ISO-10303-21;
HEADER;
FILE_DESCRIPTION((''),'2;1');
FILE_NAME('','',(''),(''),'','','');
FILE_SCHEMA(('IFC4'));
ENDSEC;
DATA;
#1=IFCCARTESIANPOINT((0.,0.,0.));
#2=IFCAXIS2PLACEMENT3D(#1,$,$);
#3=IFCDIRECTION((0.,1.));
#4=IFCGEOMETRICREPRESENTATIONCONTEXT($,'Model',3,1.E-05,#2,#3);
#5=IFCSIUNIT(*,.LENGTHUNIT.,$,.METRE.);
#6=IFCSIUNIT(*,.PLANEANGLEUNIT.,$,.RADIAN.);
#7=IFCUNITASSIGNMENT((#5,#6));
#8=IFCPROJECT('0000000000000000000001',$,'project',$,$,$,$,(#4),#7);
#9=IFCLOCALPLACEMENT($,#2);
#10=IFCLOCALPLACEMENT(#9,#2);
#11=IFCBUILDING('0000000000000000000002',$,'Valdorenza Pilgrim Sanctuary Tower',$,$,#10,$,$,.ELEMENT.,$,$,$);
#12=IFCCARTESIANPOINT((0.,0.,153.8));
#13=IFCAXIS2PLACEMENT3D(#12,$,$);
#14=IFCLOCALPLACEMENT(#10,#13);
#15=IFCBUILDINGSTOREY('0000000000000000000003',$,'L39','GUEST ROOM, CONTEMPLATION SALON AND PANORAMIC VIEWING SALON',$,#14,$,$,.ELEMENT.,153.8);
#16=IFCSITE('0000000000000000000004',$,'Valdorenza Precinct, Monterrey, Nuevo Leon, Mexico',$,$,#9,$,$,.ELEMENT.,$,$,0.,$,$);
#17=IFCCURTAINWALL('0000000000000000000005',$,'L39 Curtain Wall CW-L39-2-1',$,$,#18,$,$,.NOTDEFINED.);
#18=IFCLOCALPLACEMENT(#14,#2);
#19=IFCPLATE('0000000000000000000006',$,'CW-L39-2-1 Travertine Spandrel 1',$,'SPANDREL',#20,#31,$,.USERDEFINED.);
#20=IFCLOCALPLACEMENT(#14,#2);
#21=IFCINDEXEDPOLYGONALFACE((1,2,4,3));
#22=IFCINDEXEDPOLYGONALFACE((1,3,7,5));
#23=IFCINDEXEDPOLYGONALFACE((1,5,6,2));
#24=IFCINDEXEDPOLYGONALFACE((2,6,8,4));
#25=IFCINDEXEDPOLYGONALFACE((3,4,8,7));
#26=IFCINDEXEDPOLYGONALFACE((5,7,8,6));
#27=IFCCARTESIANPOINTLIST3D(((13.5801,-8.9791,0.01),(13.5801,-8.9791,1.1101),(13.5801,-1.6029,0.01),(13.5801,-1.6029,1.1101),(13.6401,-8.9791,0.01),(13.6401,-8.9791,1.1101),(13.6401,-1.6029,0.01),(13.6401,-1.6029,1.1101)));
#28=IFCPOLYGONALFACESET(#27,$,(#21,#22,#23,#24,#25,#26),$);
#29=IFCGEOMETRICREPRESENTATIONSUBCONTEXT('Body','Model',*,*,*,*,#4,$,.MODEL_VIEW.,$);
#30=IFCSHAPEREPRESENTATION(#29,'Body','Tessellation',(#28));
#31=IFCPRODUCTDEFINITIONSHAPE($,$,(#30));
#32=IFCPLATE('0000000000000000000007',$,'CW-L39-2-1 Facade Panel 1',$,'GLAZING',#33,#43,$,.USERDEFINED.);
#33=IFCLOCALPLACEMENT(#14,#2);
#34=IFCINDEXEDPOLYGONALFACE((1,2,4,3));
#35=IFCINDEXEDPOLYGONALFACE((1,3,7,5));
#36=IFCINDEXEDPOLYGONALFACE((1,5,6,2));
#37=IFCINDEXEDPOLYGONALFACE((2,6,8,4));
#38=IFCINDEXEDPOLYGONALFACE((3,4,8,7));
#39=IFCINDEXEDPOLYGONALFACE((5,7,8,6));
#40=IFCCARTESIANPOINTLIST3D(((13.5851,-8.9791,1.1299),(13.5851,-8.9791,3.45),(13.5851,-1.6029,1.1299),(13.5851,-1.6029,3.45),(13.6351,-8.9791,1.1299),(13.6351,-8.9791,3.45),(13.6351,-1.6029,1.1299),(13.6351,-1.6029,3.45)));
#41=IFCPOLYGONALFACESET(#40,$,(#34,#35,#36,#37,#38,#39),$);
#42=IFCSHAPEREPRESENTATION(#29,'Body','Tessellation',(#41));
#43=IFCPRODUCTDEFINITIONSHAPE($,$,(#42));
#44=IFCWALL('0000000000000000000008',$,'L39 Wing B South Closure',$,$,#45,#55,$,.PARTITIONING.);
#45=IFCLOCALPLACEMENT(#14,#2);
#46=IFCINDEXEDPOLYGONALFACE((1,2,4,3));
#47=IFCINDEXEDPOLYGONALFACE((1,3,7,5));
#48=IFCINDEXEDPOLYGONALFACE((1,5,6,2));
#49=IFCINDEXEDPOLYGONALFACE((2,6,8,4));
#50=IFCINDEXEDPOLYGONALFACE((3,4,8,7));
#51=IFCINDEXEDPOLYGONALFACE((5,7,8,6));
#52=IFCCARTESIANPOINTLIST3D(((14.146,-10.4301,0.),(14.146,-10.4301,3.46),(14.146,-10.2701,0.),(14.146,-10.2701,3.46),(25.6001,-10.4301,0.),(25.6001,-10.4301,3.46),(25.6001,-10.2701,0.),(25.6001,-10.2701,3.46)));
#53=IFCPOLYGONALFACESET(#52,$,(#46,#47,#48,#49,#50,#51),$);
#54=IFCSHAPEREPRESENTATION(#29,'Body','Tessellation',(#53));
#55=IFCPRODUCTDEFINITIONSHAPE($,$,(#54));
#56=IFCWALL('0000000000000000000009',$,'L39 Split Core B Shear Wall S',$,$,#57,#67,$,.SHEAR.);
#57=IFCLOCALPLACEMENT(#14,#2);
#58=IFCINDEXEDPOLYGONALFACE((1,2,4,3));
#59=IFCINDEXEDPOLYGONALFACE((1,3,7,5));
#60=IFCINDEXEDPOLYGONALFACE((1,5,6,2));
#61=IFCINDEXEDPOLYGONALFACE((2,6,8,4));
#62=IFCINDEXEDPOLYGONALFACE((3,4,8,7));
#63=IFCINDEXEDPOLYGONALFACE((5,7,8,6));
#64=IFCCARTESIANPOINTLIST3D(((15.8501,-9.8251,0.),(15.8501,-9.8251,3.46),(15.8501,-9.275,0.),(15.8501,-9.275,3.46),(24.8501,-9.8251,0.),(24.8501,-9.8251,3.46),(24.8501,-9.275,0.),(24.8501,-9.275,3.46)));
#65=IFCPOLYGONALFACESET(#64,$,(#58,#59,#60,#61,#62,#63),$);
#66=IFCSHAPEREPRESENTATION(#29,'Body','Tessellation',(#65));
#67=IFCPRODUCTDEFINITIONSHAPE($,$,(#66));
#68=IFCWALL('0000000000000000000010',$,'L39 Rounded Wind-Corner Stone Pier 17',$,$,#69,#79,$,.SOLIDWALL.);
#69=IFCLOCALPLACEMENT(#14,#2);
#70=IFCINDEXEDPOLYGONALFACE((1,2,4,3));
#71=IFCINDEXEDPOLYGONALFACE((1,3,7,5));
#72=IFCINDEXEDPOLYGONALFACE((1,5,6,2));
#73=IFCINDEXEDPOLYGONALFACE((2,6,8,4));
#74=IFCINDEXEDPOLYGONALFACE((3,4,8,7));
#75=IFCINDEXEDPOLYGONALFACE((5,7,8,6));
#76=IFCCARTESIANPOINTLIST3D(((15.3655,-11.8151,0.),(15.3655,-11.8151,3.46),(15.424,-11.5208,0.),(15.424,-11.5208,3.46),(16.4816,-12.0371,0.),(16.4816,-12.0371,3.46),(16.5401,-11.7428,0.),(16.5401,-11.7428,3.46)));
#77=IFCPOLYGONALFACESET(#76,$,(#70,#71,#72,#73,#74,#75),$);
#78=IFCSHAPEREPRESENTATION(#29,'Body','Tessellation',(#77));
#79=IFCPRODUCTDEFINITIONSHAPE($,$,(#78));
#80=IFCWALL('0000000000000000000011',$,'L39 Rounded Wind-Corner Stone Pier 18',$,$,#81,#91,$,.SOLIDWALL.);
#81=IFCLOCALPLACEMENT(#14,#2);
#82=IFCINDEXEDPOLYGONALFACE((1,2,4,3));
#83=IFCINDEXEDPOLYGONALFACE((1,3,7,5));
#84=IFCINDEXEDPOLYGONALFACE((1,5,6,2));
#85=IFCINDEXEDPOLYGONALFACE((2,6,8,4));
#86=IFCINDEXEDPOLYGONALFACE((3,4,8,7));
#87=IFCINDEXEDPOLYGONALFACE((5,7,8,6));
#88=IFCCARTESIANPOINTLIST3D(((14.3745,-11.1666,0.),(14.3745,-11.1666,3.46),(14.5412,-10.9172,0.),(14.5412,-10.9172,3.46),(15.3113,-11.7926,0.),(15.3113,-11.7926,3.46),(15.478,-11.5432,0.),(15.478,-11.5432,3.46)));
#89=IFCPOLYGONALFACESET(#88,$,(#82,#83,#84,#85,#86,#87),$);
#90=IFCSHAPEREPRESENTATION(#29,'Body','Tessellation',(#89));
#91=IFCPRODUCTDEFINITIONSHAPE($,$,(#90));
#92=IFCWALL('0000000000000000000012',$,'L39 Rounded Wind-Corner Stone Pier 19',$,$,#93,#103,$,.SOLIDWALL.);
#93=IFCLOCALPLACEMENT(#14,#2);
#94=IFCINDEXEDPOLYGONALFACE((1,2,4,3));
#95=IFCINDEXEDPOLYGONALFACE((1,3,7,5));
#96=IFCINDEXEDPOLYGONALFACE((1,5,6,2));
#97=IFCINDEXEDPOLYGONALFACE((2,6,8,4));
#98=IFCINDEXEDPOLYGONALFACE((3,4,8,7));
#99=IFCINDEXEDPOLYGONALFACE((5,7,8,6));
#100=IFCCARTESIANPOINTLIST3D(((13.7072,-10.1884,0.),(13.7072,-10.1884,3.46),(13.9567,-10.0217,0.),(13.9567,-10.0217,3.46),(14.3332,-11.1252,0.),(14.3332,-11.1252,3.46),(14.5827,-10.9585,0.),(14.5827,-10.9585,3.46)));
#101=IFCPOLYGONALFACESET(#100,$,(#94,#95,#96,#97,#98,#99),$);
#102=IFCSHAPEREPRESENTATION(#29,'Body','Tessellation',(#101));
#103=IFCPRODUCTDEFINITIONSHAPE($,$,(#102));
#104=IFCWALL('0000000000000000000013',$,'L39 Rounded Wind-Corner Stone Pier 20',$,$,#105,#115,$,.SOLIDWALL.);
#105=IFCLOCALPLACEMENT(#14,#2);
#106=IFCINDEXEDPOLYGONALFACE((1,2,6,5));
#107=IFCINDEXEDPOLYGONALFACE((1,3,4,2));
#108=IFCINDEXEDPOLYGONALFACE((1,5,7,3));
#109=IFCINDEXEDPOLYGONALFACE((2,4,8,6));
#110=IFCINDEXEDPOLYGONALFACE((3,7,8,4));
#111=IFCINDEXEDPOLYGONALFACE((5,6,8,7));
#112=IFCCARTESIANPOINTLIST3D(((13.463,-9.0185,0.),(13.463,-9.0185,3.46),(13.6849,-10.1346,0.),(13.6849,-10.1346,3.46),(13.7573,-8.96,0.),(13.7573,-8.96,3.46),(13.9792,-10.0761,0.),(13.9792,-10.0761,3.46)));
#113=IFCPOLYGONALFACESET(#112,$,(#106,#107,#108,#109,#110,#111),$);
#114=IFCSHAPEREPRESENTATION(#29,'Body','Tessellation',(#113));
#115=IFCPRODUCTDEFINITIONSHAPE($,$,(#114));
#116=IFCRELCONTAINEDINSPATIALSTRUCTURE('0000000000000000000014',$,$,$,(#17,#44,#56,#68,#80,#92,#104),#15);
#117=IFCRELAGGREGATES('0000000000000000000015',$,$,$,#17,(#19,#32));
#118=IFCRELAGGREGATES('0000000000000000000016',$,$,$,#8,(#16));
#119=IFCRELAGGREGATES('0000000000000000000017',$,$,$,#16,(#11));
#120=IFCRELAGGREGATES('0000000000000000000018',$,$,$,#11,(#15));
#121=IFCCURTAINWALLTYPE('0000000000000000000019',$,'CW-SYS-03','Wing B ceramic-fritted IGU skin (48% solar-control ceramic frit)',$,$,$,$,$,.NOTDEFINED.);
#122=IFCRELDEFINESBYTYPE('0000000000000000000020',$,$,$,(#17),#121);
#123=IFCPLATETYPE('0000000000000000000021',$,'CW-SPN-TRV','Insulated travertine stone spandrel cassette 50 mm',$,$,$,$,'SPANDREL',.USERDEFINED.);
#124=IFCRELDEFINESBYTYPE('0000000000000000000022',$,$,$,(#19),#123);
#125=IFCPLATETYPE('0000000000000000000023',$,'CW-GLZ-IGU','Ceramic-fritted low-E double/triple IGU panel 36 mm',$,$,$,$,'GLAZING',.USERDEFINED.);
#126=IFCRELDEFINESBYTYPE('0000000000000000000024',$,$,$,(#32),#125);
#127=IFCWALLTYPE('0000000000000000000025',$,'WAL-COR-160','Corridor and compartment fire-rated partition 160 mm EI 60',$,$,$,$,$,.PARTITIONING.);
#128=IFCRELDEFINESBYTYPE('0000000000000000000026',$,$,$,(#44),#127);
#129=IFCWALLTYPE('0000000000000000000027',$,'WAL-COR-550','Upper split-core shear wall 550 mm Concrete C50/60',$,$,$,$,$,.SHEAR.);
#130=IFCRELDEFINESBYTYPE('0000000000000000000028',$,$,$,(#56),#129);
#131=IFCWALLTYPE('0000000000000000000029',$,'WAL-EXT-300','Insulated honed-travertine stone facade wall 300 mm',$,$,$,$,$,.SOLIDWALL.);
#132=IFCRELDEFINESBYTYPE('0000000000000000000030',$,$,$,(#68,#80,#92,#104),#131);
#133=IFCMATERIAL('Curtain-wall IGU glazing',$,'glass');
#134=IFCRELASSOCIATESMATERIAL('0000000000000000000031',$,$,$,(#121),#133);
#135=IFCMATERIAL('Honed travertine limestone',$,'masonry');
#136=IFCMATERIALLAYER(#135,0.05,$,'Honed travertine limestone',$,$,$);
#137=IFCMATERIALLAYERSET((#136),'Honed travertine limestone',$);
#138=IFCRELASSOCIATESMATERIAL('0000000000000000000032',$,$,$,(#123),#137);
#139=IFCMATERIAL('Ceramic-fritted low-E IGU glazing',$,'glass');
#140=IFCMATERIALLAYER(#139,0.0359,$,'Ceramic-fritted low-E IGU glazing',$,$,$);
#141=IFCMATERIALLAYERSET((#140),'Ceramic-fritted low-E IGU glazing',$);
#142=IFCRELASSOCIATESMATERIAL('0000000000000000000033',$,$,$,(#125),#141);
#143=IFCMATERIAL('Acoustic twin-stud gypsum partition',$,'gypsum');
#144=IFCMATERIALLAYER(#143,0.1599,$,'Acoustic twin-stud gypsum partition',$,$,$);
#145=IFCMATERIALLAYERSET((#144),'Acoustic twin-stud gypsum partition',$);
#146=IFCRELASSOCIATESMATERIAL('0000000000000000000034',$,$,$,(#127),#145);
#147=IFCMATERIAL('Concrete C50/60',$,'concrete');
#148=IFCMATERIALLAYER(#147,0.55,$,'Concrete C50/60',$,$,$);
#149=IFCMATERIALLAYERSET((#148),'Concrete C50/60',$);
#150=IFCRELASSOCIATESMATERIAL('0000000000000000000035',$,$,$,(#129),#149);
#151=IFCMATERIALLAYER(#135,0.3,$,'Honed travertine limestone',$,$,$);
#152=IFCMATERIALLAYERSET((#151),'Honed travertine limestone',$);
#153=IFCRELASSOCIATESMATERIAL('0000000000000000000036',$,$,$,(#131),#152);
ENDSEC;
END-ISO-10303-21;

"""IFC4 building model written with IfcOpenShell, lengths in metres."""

from ifc_helpers import new_model, si_unit, direction, frame, frame_2d, origin, origin_2d, place, context, subcontext, project, spatial, rectangle, extrude, source, transform, mapped, material, layer, layer_set, type_object, element, aggregate, save


model = new_model("IFC4")

# Units and contexts
model_context = context("Model", 3, precision=1e-05, world=origin(), true_north=direction((0.0, 1.0)))
body_context = subcontext(model_context, "Body", "Model", "MODEL_VIEW")
ifc_project = project(units=[si_unit("LENGTHUNIT", "METRE"), si_unit("PLANEANGLEUNIT", "RADIAN")], contexts=[model_context])

# Site, building, storey
site_placement = place(None, origin())
site = spatial("IfcSite", under=ifc_project, at=site_placement, Name="Valdorenza Precinct, Monterrey, Nuevo Leon, Mexico", CompositionType="ELEMENT", RefElevation=0.0)
building_placement = place(site_placement, origin())
building = spatial("IfcBuilding", under=site, at=building_placement, Name="Valdorenza Pilgrim Sanctuary Tower", CompositionType="ELEMENT")
storey_placement = place(building_placement, frame((0.0, 0.0, 153.8)))
storey = spatial("IfcBuildingStorey", under=building, at=storey_placement, Name="L39", Description="GUEST ROOM, CONTEMPLATION SALON AND PANORAMIC VIEWING SALON", CompositionType="ELEMENT", Elevation=153.8)

# Curtain wall
ifc_material_1 = material(Name="Curtain-wall IGU glazing", Category="glass")
curtain_wall_type = type_object("IfcCurtainWallType", Name="CW-SYS-03", Description="Wing B ceramic-fritted IGU skin (48% solar-control ceramic frit)", PredefinedType="NOTDEFINED", material=ifc_material_1)
curtain_wall_1_placement = place(storey_placement, origin())
curtain_wall_1 = element("IfcCurtainWall", 1, at=curtain_wall_1_placement, inside=storey, type_object=curtain_wall_type, Name="L39 Curtain Wall CW-L39-2-1", PredefinedType="NOTDEFINED")

# Plates
ifc_material_2 = material(Name="Honed travertine limestone", Category="masonry")
ifc_layer_1 = layer(ifc_material_2, 0.05, Name="Honed travertine limestone")
ifc_layer_set_1 = layer_set([ifc_layer_1], Name="Honed travertine limestone")
plate_type_1 = type_object("IfcPlateType", Name="CW-SPN-TRV", Description="Insulated travertine stone spandrel cassette 50 mm", ElementType="SPANDREL", PredefinedType="USERDEFINED", material=ifc_layer_set_1)
shared_shape_1 = source(origin(), body_context, "Body", "SweptSolid", [
    extrude(rectangle(XDim=7.3762, YDim=0.0601, at=origin_2d()), origin(), (0.0, 0.0, 1.0), 1.1001),
])
plate_1_placement = place(storey_placement, frame((13.6101, -5.291, 0.01), z_axis=(0.0, 0.0, 1.0), x_axis=(0.0, 1.0, 0.0)))
plate_1 = element("IfcPlate", 2, at=plate_1_placement, type_object=plate_type_1, Name="CW-L39-2-1 Travertine Spandrel 1", ObjectType="SPANDREL", PredefinedType="USERDEFINED", context=body_context, shape_type="MappedRepresentation", body=[
    mapped(shared_shape_1, transform((0.0, 0.0, 0.0), x_axis=(1.0, 0.0, 0.0), y_axis=(0.0, 1.0, 0.0), z_axis=(0.0, 0.0, 1.0), scale=1.0)),
])
ifc_material_3 = material(Name="Ceramic-fritted low-E IGU glazing", Category="glass")
ifc_layer_2 = layer(ifc_material_3, 0.0359, Name="Ceramic-fritted low-E IGU glazing")
ifc_layer_set_2 = layer_set([ifc_layer_2], Name="Ceramic-fritted low-E IGU glazing")
plate_type_2 = type_object("IfcPlateType", Name="CW-GLZ-IGU", Description="Ceramic-fritted low-E double/triple IGU panel 36 mm", ElementType="GLAZING", PredefinedType="USERDEFINED", material=ifc_layer_set_2)
shared_shape_2 = source(origin(), body_context, "Body", "SweptSolid", [
    extrude(rectangle(XDim=7.3762, YDim=0.05, at=origin_2d()), origin(), (0.0, 0.0, 1.0), 2.3201),
])
plate_2_placement = place(storey_placement, frame((13.6101, -5.291, 1.1299), z_axis=(0.0, 0.0, 1.0), x_axis=(0.0, 1.0, 0.0)))
plate_2 = element("IfcPlate", 3, at=plate_2_placement, type_object=plate_type_2, Name="CW-L39-2-1 Facade Panel 1", ObjectType="GLAZING", PredefinedType="USERDEFINED", context=body_context, shape_type="MappedRepresentation", body=[
    mapped(shared_shape_2, transform((0.0, 0.0, 0.0), x_axis=(1.0, 0.0, 0.0), y_axis=(0.0, 1.0, 0.0), z_axis=(0.0, 0.0, 1.0), scale=1.0)),
])
aggregate(curtain_wall_1, [plate_1, plate_2])

# Walls
ifc_material_4 = material(Name="Acoustic twin-stud gypsum partition", Category="gypsum")
ifc_layer_3 = layer(ifc_material_4, 0.1599, Name="Acoustic twin-stud gypsum partition")
ifc_layer_set_3 = layer_set([ifc_layer_3], Name="Acoustic twin-stud gypsum partition")
wall_type_1 = type_object("IfcWallType", Name="WAL-COR-160", Description="Corridor and compartment fire-rated partition 160 mm EI 60", PredefinedType="PARTITIONING", material=ifc_layer_set_3)
wall_1_placement = place(storey_placement, frame((14.146, -10.3501, 0.0), z_axis=(0.0, 0.0, 1.0), x_axis=(1.0, 0.0, 0.0)))
element("IfcWall", 4, at=wall_1_placement, inside=storey, type_object=wall_type_1, Name="L39 Wing B South Closure", PredefinedType="PARTITIONING", context=body_context, shape_type="SweptSolid", body=[
    extrude(rectangle(XDim=11.4541, YDim=0.1599, at=frame_2d((5.7271, 0.0))), origin(), (0.0, 0.0, 1.0), 3.46),
])
ifc_material_5 = material(Name="Concrete C50/60", Category="concrete")
ifc_layer_4 = layer(ifc_material_5, 0.55, Name="Concrete C50/60")
ifc_layer_set_4 = layer_set([ifc_layer_4], Name="Concrete C50/60")
wall_type_2 = type_object("IfcWallType", Name="WAL-COR-550", Description="Upper split-core shear wall 550 mm Concrete C50/60", PredefinedType="SHEAR", material=ifc_layer_set_4)
wall_2_placement = place(storey_placement, frame((15.8501, -9.55, 0.0), z_axis=(0.0, 0.0, 1.0), x_axis=(1.0, 0.0, 0.0)))
element("IfcWall", 5, at=wall_2_placement, inside=storey, type_object=wall_type_2, Name="L39 Split Core B Shear Wall S", PredefinedType="SHEAR", context=body_context, shape_type="SweptSolid", body=[
    extrude(rectangle(XDim=9.0, YDim=0.55, at=frame_2d((4.5, 0.0))), origin(), (0.0, 0.0, 1.0), 3.46),
])
ifc_layer_5 = layer(ifc_material_2, 0.3, Name="Honed travertine limestone")
ifc_layer_set_5 = layer_set([ifc_layer_5], Name="Honed travertine limestone")
wall_type_3 = type_object("IfcWallType", Name="WAL-EXT-300", Description="Insulated honed-travertine stone facade wall 300 mm", PredefinedType="SOLIDWALL", material=ifc_layer_set_5)
wall_3_placement = place(storey_placement, frame((16.5107, -11.8899, 0.0), z_axis=(0.0, 0.0, 1.0), x_axis=(-0.980795, 0.195043, 0.0)))
element("IfcWall", 6, at=wall_3_placement, inside=storey, type_object=wall_type_3, Name="L39 Rounded Wind-Corner Stone Pier 17", PredefinedType="SOLIDWALL", context=body_context, shape_type="SweptSolid", body=[
    extrude(rectangle(XDim=1.1379, YDim=0.3, at=frame_2d((0.5688, 0.0))), origin(), (0.0, 0.0, 1.0), 3.46),
])
for number, where, z_axis, x_axis, name in (
    (7, (15.3948, -11.668, 0.0), (0.0, 0.0, 1.0), (-0.83145, 0.5556, 0.0), "L39 Rounded Wind-Corner Stone Pier 18"),
    (8, (14.458, -11.042, 0.0), (0.0, 0.0, 1.0), (-0.5556, 0.83145, 0.0), "L39 Rounded Wind-Corner Stone Pier 19"),
):
    element("IfcWall", number, at=place(storey_placement, frame(where, z_axis=z_axis, x_axis=x_axis)), inside=storey, type_object=wall_type_3, Name=name, PredefinedType="SOLIDWALL", context=body_context, shape_type="SweptSolid", body=[
        extrude(rectangle(XDim=1.1267, YDim=0.3, at=frame_2d((0.5635, 0.0))), origin(), (0.0, 0.0, 1.0), 3.46),
    ])
wall_4_placement = place(storey_placement, frame((13.832, -10.1052, 0.0), z_axis=(0.0, 0.0, 1.0), x_axis=(-0.195043, 0.980795, 0.0)))
element("IfcWall", 9, at=wall_4_placement, inside=storey, type_object=wall_type_3, Name="L39 Rounded Wind-Corner Stone Pier 20", PredefinedType="SOLIDWALL", context=body_context, shape_type="SweptSolid", body=[
    extrude(rectangle(XDim=1.1379, YDim=0.3, at=frame_2d((0.5688, 0.0))), origin(), (0.0, 0.0, 1.0), 3.46),
])

save(model, "model.ifc")
